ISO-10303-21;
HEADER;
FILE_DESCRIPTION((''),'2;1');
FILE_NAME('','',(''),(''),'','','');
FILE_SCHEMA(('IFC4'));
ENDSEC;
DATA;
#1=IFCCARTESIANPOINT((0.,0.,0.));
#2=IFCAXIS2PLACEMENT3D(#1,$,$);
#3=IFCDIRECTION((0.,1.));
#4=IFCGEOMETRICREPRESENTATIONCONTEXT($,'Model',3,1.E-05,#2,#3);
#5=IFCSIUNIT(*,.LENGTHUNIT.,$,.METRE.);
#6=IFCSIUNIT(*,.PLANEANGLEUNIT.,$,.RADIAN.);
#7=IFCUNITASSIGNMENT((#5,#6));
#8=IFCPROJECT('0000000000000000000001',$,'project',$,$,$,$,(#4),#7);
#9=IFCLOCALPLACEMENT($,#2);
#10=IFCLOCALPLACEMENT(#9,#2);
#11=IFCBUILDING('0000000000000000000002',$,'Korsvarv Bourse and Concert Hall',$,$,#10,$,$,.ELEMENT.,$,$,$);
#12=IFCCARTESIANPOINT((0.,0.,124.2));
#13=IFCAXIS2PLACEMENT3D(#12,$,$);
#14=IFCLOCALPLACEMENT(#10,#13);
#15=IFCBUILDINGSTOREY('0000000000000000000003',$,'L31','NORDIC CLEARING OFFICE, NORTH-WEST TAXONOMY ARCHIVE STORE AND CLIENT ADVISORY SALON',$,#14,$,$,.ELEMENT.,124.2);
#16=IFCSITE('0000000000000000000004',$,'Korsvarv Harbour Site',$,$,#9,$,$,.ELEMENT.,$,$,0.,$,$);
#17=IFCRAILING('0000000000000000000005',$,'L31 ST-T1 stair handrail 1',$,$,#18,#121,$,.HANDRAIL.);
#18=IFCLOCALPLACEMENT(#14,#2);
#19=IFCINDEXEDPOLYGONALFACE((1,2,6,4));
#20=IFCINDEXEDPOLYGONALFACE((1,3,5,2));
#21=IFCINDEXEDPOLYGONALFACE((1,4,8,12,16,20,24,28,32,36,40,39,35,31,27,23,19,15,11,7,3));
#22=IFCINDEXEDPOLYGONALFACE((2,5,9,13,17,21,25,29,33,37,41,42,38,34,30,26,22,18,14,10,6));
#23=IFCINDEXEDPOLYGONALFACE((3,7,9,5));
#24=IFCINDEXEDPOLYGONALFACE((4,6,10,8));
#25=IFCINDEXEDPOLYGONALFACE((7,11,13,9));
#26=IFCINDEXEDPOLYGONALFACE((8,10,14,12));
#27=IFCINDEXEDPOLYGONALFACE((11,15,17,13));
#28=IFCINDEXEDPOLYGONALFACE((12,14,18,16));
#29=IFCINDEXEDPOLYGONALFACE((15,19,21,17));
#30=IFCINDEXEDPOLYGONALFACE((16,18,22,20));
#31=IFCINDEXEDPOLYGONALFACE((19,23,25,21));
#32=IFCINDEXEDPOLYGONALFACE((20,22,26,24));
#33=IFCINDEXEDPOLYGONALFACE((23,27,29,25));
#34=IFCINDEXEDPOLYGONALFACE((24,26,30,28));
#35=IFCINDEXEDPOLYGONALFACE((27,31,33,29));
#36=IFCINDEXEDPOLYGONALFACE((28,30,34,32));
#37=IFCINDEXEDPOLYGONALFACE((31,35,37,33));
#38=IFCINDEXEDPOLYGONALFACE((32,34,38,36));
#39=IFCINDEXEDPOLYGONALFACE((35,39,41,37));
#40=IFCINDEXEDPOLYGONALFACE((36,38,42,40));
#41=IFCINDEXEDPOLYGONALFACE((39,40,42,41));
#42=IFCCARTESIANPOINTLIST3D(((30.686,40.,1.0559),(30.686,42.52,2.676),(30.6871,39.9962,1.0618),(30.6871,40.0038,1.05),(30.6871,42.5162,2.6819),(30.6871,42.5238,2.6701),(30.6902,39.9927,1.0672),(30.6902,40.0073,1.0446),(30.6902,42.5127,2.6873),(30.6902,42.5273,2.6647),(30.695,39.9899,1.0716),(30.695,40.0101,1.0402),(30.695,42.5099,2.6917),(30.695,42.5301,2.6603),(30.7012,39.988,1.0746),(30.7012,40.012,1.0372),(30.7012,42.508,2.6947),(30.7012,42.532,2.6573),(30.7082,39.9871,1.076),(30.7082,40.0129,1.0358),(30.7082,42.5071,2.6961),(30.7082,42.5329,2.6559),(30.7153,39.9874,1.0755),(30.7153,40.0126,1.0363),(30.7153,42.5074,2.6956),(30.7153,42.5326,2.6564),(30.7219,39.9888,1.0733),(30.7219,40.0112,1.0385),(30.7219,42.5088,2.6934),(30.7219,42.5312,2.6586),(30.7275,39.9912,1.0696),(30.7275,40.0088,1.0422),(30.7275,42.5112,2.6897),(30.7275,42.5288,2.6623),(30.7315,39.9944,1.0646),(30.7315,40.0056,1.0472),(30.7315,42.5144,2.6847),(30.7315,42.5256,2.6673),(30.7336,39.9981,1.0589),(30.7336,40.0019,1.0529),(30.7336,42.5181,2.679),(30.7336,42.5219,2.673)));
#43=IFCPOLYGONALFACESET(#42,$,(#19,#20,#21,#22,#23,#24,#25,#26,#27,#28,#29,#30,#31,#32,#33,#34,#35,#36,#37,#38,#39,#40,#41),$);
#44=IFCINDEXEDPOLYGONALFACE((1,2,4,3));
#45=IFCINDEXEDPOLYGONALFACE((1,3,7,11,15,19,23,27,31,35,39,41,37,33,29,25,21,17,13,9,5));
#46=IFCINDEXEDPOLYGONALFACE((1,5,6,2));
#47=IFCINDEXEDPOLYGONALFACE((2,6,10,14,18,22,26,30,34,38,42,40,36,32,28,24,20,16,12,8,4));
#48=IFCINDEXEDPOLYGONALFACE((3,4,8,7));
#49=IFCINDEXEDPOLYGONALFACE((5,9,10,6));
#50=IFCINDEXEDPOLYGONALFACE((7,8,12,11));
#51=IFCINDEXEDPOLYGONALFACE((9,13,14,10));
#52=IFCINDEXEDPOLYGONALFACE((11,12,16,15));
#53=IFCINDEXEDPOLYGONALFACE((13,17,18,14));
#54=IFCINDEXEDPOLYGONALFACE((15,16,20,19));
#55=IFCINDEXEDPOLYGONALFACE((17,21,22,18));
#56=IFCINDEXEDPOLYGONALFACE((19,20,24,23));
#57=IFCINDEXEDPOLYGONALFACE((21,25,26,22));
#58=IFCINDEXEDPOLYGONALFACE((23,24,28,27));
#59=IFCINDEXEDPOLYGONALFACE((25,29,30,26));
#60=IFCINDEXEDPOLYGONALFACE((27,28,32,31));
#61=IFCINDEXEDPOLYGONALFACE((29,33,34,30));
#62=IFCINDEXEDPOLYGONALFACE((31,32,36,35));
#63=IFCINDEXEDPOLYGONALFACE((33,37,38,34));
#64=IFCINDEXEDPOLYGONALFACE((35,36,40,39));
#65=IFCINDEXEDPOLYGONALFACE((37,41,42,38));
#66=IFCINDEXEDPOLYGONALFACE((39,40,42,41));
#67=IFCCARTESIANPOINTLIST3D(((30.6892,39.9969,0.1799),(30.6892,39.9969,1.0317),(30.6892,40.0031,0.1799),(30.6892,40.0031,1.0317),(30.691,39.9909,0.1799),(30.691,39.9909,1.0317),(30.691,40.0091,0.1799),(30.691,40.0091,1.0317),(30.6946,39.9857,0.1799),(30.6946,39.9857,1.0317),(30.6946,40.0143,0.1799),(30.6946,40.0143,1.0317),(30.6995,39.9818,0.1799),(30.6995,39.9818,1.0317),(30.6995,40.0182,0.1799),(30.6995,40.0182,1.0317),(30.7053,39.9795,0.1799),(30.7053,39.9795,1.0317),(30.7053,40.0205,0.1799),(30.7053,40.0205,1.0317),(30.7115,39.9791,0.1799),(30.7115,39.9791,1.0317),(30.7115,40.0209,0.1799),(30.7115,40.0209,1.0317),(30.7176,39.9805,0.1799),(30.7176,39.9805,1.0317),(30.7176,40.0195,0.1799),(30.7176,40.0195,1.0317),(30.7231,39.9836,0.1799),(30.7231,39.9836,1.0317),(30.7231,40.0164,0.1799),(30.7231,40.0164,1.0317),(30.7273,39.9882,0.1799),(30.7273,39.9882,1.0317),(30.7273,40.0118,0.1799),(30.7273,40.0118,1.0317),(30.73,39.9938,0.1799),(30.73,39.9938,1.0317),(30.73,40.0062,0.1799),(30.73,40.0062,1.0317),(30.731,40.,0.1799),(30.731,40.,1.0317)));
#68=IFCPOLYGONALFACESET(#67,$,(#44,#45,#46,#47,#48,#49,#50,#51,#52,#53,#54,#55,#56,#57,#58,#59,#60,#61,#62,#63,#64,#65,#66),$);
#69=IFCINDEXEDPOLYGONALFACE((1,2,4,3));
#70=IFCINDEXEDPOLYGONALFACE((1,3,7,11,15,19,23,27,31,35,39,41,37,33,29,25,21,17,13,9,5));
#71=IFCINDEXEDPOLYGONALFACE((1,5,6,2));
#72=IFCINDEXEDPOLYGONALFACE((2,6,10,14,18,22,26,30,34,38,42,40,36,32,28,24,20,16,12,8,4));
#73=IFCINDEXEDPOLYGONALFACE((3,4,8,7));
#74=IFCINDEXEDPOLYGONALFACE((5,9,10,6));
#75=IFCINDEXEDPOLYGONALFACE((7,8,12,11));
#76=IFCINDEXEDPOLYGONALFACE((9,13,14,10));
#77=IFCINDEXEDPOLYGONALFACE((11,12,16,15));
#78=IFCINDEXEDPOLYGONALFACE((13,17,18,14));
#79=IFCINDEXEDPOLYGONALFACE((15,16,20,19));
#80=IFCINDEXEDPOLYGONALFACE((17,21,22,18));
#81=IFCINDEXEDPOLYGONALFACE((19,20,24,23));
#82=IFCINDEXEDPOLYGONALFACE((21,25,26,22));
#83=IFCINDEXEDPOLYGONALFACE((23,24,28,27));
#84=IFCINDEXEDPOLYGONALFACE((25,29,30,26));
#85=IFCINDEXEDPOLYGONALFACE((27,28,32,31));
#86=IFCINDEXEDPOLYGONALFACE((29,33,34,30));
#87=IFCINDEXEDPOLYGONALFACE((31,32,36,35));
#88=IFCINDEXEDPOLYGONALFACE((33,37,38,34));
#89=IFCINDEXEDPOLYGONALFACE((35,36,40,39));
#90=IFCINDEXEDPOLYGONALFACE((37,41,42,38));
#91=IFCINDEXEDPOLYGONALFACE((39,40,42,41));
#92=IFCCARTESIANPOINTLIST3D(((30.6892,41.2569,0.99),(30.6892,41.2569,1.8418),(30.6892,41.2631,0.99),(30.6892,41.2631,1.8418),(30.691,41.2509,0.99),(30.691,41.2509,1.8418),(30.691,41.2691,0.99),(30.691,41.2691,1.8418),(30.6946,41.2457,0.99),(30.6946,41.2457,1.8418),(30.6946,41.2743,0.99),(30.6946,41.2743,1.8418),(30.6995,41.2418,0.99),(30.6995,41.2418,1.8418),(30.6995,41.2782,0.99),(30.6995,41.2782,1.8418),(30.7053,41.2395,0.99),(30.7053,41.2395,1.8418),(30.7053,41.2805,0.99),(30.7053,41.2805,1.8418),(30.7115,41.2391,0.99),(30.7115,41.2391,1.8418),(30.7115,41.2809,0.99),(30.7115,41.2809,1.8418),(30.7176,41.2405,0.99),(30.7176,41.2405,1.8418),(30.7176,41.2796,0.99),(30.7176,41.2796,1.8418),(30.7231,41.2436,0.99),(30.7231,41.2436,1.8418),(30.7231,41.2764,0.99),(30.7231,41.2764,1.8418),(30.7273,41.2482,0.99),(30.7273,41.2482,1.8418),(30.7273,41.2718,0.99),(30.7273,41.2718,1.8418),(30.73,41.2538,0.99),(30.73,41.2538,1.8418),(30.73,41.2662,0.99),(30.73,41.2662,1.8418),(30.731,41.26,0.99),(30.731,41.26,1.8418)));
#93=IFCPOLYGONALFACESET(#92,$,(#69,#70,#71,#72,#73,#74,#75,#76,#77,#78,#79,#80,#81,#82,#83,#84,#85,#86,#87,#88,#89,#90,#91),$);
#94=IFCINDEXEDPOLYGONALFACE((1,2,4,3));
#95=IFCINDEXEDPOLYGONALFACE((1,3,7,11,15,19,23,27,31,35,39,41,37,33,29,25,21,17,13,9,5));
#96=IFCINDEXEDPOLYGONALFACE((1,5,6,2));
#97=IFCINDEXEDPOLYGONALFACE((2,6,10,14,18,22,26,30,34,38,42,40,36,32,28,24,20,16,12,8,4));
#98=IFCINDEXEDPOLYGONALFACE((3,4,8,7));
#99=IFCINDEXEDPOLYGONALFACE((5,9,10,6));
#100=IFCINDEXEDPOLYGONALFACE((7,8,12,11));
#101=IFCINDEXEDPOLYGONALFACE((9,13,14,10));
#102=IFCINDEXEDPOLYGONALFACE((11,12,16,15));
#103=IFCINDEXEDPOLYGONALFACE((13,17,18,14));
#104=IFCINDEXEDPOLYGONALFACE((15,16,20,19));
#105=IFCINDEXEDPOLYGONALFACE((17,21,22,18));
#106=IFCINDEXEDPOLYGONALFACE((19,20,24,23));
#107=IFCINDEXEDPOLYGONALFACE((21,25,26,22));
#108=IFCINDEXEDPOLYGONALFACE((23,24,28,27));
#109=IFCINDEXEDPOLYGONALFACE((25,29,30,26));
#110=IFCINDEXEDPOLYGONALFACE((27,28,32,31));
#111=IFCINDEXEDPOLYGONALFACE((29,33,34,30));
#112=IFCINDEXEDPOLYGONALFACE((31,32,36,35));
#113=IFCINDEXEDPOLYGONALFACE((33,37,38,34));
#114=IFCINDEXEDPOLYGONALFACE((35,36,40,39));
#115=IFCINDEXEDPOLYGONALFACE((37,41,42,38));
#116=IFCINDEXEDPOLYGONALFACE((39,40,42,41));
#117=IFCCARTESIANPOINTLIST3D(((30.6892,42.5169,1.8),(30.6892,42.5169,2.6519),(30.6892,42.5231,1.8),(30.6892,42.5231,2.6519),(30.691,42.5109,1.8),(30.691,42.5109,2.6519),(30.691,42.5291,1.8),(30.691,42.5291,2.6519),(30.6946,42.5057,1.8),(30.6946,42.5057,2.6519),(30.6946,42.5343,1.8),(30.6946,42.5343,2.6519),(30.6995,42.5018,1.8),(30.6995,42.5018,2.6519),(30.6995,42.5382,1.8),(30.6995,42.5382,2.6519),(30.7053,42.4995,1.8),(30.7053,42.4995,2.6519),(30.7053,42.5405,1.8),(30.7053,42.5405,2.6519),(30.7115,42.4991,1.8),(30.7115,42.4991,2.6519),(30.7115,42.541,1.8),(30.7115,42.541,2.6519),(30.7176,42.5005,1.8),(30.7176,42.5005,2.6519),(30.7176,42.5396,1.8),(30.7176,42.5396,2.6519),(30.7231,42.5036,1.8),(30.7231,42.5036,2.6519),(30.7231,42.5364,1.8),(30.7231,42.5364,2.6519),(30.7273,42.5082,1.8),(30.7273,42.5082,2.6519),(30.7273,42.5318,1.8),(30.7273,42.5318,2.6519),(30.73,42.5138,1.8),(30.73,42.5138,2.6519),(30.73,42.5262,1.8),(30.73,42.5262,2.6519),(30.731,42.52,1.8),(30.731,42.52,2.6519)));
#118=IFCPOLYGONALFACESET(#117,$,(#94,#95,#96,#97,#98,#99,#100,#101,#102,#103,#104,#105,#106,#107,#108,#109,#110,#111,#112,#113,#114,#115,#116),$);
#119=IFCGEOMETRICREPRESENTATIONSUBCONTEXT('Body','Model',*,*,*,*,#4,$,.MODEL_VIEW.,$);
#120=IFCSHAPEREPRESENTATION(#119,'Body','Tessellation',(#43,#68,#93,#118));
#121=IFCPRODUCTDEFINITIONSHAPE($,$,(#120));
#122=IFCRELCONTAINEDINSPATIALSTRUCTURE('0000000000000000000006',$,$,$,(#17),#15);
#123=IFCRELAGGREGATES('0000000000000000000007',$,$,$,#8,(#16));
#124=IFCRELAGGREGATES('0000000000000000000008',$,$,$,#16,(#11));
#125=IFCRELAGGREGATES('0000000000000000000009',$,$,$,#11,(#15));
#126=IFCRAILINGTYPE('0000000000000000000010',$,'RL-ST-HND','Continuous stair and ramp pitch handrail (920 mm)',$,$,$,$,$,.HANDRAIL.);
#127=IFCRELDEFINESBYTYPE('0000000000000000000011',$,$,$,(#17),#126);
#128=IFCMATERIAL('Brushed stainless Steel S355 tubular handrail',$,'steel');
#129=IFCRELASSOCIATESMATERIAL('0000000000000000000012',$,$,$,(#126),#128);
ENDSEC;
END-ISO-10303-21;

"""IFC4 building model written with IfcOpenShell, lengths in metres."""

from ifc_helpers import new_model, si_unit, direction, frame, origin, origin_2d, place, context, subcontext, project, spatial, circle, extrude, material, type_object, element, save


model = new_model("IFC4")

# Units and contexts
model_context = context("Model", 3, precision=1e-05, world=origin(), true_north=direction((0.0, 1.0)))
body_context = subcontext(model_context, "Body", "Model", "MODEL_VIEW")
ifc_project = project(units=[si_unit("LENGTHUNIT", "METRE"), si_unit("PLANEANGLEUNIT", "RADIAN")], contexts=[model_context])

# Site, building, storey
site_placement = place(None, origin())
site = spatial("IfcSite", under=ifc_project, at=site_placement, Name="Korsvarv Harbour Site", CompositionType="ELEMENT", RefElevation=0.0)
building_placement = place(site_placement, origin())
building = spatial("IfcBuilding", under=site, at=building_placement, Name="Korsvarv Bourse and Concert Hall", CompositionType="ELEMENT")
storey_placement = place(building_placement, frame((0.0, 0.0, 124.2)))
storey = spatial("IfcBuildingStorey", under=building, at=storey_placement, Name="L31", Description="NORDIC CLEARING OFFICE, NORTH-WEST TAXONOMY ARCHIVE STORE AND CLIENT ADVISORY SALON", CompositionType="ELEMENT", Elevation=124.2)

# Railing
ifc_material_1 = material(Name="Brushed stainless Steel S355 tubular handrail", Category="steel")
railing_type_1 = type_object("IfcRailingType", Name="RL-ST-HND", Description="Continuous stair and ramp pitch handrail (920 mm)", PredefinedType="HANDRAIL", material=ifc_material_1)
railing_1_placement = place(storey_placement, frame((30.71, 40.0, 0.1799)))
element("IfcRailing", 1, at=railing_1_placement, inside=storey, type_object=railing_type_1, Name="L31 ST-T1 stair handrail 1", PredefinedType="HANDRAIL", context=body_context, shape_type="SweptSolid", body=[
    extrude(circle(Radius=0.0239, at=origin_2d()), frame((0.0, 0.0, 0.876), z_axis=(0.0, 0.841163, 0.540782), x_axis=(-1.0, 0.0, 0.0)), (0.0, 0.0, 1.0), 2.9958),
    extrude(circle(Radius=0.021, at=origin_2d()), origin(), (0.0, 0.0, 1.0), 0.8518),
    extrude(circle(Radius=0.021, at=origin_2d()), frame((0.0, 1.26, 0.8101)), (0.0, 0.0, 1.0), 0.8518),
    extrude(circle(Radius=0.021, at=origin_2d()), frame((0.0, 2.52, 1.6201)), (0.0, 0.0, 1.0), 0.8518),
])

save(model, "model.ifc")
